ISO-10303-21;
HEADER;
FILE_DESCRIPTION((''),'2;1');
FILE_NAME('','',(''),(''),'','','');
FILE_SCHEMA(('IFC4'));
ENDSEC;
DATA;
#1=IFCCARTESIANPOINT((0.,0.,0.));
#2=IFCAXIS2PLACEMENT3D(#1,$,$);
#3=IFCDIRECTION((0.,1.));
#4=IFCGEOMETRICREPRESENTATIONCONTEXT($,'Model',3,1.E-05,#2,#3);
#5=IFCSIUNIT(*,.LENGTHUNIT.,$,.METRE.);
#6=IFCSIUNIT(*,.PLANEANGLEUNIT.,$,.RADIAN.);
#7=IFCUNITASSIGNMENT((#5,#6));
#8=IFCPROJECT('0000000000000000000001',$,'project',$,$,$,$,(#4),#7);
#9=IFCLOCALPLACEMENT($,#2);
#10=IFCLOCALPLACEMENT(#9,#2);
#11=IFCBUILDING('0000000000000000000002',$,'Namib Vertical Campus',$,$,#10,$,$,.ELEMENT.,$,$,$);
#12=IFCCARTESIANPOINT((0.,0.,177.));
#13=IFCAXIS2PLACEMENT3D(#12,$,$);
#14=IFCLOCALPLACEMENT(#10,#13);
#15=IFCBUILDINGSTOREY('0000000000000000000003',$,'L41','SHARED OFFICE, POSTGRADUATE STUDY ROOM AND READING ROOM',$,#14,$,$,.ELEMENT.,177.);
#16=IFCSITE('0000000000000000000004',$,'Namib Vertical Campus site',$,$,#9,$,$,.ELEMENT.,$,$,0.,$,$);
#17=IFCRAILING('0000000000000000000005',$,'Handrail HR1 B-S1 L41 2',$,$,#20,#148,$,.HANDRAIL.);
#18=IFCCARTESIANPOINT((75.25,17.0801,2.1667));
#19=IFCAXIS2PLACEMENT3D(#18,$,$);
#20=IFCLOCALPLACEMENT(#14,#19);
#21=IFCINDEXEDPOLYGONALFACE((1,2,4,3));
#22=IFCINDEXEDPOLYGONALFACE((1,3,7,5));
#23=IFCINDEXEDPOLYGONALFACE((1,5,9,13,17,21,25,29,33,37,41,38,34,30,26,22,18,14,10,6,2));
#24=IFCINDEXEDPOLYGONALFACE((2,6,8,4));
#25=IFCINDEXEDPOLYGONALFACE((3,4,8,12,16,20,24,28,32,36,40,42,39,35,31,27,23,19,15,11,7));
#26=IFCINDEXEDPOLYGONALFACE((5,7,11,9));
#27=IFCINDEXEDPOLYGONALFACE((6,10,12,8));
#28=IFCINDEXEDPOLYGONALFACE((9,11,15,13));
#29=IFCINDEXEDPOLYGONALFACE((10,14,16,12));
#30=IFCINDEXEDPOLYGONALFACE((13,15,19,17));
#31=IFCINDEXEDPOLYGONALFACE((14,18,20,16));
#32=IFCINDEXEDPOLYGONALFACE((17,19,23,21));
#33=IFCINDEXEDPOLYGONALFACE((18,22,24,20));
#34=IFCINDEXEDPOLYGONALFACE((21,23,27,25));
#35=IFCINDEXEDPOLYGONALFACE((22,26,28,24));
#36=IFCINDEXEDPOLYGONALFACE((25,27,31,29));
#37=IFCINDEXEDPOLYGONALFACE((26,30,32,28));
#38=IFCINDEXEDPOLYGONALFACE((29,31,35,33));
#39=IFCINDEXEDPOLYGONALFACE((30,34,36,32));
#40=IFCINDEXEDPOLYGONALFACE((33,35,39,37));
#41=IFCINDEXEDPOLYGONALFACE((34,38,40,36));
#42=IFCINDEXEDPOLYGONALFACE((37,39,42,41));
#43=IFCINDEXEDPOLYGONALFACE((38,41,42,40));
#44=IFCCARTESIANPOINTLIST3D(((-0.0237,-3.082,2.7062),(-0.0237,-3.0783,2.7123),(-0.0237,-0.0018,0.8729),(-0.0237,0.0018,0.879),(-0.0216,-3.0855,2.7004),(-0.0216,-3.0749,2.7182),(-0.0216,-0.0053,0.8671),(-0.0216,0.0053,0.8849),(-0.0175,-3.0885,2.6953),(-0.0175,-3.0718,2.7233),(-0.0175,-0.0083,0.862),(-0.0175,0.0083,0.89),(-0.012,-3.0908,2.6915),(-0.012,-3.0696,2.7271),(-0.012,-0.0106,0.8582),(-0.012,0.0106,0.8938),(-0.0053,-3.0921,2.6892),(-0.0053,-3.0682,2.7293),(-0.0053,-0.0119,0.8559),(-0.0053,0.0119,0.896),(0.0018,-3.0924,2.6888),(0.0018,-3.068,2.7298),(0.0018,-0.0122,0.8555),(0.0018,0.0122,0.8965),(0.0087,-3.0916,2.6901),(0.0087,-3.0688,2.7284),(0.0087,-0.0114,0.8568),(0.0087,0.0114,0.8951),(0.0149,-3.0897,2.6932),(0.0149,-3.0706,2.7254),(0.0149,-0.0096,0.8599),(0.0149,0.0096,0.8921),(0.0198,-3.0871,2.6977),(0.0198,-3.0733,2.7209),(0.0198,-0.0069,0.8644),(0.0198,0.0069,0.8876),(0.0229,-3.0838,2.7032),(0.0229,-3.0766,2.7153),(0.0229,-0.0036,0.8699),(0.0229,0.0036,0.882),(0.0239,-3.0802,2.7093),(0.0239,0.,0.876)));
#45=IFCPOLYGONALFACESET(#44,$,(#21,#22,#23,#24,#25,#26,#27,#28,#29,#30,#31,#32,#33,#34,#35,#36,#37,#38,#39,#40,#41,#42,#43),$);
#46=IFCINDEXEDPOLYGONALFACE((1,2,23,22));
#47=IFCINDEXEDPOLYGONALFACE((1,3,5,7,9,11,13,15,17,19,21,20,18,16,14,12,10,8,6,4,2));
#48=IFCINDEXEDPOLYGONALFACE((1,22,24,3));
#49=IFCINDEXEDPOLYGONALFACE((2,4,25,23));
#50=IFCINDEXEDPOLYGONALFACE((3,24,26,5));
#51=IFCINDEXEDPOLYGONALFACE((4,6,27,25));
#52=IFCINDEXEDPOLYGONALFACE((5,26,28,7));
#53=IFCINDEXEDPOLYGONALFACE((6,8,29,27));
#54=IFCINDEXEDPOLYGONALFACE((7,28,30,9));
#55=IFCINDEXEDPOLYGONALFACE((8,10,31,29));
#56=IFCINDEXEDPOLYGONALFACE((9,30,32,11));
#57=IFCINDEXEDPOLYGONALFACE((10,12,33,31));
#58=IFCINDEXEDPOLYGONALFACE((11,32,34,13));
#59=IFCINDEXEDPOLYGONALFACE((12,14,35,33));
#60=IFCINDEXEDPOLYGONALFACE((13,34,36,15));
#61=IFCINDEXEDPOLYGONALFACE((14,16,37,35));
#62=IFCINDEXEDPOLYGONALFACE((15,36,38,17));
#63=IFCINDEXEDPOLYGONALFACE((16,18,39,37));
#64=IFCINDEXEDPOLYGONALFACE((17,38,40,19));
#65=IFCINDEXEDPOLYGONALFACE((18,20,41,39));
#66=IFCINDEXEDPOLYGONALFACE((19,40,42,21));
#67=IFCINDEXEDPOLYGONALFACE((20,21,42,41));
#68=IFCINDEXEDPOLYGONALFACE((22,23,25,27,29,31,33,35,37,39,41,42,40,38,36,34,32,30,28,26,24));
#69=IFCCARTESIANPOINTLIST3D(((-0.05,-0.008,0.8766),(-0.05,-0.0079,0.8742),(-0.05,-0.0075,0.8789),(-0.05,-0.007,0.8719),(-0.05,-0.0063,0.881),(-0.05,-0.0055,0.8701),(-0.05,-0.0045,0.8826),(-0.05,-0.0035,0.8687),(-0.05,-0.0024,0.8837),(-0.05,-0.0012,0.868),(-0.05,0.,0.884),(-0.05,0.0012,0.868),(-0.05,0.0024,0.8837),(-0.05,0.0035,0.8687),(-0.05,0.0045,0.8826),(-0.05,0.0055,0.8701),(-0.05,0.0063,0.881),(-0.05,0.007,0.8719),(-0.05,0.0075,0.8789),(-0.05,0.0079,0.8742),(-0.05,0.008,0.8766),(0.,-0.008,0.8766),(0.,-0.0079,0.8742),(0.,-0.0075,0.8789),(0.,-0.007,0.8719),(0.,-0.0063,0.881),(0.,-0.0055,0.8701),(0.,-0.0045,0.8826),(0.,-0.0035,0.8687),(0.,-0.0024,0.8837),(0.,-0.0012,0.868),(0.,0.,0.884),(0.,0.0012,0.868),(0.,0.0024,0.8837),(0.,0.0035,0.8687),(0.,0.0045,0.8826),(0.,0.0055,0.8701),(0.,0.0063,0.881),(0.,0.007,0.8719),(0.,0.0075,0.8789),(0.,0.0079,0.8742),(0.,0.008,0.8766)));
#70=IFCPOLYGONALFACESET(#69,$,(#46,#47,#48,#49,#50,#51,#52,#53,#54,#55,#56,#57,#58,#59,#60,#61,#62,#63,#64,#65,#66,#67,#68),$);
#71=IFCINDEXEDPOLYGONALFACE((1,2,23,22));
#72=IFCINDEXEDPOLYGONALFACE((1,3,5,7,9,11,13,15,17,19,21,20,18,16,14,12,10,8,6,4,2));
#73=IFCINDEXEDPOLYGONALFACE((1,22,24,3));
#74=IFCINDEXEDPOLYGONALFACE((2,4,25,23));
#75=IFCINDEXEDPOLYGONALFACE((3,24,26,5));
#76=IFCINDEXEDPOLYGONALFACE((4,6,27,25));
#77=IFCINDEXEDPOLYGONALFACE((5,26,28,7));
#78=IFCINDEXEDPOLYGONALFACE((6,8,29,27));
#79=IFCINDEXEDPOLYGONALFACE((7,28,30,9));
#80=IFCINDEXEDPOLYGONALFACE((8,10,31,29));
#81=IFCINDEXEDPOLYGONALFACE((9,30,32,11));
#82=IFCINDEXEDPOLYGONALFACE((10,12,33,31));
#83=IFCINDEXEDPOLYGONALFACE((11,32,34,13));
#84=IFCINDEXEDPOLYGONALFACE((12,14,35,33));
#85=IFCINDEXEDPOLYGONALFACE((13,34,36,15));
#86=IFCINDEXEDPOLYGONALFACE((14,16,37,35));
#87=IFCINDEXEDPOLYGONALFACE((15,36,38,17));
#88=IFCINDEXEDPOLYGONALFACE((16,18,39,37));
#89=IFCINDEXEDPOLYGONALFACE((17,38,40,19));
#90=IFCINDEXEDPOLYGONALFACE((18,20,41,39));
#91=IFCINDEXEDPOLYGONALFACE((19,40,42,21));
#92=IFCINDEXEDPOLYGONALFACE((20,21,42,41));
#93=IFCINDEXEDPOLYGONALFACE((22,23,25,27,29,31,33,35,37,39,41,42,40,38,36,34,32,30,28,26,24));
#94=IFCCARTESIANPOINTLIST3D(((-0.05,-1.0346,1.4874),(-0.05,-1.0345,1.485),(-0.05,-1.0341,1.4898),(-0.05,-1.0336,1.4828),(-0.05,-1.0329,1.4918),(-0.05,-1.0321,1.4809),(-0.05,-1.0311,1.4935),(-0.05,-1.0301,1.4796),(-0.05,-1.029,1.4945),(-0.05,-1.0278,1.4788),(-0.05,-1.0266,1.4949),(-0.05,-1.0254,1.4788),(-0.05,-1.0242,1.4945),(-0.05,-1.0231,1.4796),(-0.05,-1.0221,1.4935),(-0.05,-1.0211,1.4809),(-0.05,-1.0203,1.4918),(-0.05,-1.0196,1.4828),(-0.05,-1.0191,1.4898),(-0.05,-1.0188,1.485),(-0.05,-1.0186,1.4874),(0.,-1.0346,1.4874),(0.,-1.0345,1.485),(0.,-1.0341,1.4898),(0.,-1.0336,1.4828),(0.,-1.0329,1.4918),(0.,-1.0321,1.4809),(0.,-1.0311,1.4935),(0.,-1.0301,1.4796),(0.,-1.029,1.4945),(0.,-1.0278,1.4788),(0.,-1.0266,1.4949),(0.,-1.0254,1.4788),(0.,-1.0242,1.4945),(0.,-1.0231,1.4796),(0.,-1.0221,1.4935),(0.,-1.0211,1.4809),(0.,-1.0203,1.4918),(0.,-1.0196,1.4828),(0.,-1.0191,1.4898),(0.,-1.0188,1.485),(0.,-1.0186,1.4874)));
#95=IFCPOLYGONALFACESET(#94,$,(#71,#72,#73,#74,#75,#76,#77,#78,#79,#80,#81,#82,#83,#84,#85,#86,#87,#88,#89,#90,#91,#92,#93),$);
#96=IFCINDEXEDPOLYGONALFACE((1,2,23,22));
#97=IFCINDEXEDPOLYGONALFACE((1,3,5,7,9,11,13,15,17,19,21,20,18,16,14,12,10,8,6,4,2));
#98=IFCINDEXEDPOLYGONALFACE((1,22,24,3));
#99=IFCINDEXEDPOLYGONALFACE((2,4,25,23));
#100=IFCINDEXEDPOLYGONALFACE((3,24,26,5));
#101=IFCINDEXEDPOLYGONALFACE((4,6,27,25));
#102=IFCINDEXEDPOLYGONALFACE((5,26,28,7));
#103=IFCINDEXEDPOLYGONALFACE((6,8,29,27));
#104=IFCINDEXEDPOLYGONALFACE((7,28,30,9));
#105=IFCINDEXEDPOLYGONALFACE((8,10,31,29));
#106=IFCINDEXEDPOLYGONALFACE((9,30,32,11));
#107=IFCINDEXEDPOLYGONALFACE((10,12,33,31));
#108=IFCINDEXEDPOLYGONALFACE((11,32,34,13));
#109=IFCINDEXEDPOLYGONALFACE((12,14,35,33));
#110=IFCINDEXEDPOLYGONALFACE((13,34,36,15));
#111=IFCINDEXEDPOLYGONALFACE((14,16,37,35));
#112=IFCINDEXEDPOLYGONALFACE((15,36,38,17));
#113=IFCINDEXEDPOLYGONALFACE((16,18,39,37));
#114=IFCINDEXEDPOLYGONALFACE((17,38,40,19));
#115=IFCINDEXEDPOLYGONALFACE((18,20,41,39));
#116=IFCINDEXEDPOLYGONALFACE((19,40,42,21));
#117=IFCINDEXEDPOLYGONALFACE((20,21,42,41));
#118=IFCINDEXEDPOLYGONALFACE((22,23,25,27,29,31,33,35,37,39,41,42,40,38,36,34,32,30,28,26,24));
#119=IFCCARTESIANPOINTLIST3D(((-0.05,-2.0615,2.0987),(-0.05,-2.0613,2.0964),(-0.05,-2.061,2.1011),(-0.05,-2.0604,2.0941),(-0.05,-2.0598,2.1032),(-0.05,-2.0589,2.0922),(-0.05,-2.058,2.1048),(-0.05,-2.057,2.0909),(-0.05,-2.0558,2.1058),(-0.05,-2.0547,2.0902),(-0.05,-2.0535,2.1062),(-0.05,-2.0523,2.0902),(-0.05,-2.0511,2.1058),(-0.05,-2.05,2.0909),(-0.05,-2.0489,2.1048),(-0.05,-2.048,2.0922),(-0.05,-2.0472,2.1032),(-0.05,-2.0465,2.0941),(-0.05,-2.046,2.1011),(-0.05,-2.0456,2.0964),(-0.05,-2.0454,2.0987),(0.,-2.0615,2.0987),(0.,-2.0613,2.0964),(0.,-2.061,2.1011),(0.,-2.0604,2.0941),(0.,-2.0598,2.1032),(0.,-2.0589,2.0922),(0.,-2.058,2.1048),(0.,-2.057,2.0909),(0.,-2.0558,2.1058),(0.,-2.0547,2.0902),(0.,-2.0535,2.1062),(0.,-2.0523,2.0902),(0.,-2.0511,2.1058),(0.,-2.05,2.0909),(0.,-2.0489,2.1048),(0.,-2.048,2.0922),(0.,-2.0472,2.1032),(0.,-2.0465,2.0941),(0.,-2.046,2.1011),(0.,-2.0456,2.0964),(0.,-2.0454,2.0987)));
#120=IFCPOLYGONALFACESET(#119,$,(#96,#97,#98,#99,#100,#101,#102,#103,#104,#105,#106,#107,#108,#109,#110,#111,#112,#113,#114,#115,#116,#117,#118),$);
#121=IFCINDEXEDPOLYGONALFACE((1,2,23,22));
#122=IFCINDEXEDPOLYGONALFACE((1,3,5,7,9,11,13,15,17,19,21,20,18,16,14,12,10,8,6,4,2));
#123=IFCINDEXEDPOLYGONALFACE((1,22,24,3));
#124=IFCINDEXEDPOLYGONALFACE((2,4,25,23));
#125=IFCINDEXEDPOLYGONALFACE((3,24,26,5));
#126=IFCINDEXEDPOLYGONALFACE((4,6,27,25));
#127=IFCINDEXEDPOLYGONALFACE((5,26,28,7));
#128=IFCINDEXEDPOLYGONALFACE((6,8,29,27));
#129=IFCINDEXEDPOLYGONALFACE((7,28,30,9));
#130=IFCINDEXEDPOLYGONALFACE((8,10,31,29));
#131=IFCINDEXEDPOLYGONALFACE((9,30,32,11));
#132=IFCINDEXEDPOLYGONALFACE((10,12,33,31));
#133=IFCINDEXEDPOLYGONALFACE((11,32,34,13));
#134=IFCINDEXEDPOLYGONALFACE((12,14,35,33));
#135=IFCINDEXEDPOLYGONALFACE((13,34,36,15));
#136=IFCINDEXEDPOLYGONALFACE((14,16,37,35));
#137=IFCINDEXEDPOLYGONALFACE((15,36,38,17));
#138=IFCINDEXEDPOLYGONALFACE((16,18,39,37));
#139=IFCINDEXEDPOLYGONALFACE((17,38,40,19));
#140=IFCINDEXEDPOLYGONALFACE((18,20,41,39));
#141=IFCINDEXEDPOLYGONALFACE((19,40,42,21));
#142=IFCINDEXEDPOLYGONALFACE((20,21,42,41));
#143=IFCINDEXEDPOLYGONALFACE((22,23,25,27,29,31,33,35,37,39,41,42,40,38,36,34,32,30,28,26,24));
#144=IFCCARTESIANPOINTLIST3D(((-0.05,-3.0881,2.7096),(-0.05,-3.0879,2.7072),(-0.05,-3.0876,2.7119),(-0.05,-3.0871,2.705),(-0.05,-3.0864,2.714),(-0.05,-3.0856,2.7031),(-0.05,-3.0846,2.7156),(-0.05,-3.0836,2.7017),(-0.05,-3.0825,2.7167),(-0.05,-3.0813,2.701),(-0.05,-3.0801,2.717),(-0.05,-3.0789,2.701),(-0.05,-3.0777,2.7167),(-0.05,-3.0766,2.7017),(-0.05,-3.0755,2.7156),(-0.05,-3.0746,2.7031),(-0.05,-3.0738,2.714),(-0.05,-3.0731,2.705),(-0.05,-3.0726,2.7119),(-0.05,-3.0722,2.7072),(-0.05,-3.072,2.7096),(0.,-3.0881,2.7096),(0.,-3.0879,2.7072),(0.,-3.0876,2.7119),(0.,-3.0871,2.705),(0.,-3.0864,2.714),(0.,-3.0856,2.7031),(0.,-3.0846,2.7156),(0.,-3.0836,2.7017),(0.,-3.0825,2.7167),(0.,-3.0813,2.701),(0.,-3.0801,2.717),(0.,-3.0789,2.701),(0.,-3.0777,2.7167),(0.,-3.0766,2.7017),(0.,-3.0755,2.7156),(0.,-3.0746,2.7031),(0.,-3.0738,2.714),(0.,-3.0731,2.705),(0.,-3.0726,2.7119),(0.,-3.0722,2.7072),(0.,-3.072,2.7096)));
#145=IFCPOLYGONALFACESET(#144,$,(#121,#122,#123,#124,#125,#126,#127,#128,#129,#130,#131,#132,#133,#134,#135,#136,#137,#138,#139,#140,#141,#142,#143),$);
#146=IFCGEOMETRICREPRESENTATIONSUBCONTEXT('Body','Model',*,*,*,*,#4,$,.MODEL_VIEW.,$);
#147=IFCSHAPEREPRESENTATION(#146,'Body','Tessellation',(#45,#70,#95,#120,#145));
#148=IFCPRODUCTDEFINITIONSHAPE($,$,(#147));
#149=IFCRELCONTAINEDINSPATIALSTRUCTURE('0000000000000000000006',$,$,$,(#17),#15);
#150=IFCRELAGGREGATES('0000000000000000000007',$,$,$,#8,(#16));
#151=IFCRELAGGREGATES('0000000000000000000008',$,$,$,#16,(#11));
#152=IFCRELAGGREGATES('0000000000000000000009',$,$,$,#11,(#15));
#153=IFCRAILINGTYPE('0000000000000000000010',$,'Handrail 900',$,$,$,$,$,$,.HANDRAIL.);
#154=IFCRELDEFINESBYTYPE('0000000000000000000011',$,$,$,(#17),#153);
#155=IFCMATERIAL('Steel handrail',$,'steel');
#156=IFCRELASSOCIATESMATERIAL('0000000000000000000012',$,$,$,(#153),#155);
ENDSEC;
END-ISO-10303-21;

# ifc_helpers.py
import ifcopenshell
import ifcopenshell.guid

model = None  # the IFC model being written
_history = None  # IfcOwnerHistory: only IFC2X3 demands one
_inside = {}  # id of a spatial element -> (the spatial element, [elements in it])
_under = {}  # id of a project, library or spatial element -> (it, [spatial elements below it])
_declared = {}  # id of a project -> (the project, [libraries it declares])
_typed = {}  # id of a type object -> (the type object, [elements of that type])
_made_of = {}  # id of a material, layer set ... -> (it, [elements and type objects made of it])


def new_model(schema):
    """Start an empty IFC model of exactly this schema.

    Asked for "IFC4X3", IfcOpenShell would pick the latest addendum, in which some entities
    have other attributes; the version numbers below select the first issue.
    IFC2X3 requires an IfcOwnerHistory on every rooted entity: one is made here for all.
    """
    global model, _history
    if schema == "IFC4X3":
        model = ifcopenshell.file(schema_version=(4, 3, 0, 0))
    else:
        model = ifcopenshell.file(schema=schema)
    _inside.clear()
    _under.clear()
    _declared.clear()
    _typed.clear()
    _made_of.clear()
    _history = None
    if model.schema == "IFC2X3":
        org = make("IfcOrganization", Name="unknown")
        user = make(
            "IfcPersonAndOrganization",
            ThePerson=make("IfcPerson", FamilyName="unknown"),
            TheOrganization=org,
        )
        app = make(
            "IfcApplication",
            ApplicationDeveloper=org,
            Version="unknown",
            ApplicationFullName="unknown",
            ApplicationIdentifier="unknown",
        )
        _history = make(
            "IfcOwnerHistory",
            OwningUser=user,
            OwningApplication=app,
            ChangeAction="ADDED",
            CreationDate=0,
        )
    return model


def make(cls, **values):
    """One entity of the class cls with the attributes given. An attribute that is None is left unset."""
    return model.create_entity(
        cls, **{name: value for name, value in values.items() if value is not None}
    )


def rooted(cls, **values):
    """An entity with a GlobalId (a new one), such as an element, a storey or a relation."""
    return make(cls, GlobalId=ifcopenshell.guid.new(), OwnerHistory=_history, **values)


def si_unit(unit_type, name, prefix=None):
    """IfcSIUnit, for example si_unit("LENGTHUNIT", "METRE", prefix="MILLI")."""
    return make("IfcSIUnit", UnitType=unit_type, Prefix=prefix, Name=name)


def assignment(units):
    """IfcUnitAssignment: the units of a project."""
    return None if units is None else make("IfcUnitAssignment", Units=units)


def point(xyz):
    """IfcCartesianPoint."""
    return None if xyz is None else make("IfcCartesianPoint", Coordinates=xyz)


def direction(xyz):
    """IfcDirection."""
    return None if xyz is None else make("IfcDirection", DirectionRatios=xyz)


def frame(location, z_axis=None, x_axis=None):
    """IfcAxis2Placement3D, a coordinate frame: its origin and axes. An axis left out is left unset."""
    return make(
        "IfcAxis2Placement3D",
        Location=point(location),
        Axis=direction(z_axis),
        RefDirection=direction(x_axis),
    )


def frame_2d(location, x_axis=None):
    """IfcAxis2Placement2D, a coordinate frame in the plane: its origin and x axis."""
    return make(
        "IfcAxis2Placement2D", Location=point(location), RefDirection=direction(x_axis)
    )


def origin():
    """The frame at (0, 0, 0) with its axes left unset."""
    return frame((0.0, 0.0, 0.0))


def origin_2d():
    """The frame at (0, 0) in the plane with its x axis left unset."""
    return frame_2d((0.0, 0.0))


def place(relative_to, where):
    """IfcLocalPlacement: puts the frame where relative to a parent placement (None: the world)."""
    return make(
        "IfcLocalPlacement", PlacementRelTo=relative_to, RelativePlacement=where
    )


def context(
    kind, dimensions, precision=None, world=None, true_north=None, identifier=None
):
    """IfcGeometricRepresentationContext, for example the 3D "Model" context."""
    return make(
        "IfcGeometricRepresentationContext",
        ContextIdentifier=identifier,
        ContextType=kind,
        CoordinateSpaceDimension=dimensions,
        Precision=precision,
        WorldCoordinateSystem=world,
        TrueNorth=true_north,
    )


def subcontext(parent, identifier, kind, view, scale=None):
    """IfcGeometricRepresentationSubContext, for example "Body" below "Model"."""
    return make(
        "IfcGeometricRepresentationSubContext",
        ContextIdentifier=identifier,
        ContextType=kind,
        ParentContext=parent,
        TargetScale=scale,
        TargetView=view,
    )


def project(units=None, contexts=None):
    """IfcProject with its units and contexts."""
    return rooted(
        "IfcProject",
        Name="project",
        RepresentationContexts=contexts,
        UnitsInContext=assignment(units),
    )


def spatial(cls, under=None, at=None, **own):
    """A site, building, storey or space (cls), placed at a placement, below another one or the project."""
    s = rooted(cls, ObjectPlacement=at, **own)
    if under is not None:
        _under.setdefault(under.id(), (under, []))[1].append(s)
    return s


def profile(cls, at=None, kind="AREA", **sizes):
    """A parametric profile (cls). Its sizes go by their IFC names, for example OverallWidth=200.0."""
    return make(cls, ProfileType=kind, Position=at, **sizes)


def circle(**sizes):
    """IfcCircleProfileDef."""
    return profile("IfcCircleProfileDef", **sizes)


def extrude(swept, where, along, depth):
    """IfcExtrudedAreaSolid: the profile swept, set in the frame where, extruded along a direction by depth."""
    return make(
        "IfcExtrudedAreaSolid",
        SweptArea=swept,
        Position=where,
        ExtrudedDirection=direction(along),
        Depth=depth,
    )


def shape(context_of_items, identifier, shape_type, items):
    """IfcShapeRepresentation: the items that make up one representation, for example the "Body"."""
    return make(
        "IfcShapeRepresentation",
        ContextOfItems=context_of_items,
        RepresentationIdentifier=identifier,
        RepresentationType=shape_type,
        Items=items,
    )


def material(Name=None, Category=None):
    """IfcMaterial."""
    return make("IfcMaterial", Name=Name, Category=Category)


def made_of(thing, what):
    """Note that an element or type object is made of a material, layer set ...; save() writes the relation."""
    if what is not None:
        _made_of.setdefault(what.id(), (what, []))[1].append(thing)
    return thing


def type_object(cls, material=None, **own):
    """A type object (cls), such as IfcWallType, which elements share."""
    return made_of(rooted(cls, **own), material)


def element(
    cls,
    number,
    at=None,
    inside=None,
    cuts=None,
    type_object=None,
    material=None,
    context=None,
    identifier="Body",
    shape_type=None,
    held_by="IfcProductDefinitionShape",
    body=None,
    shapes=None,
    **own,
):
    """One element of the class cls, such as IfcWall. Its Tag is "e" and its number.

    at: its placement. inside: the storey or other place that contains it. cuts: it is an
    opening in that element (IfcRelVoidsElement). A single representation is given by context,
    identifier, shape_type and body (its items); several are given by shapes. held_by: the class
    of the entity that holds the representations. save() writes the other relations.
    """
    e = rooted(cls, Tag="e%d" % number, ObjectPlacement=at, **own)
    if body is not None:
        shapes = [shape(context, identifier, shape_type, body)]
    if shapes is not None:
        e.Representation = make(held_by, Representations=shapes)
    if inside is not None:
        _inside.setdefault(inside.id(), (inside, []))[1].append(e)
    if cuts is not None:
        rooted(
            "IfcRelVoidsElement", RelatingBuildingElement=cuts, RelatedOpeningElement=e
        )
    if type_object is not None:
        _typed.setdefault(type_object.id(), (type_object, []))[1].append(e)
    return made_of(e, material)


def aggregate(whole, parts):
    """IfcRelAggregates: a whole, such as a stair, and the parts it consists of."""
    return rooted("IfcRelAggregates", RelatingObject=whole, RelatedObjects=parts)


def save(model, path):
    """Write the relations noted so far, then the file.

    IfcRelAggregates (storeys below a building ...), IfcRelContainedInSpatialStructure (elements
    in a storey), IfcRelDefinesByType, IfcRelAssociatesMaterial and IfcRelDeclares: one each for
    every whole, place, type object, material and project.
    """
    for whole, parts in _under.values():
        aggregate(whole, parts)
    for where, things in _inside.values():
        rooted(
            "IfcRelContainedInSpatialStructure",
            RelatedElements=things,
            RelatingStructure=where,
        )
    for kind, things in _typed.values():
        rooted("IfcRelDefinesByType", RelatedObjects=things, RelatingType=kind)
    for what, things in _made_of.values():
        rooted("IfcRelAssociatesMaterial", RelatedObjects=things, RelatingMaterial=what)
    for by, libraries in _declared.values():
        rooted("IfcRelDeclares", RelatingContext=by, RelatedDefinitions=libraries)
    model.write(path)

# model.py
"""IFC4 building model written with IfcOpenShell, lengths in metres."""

from ifc_helpers import new_model, si_unit, direction, frame, origin, origin_2d, place, context, subcontext, project, spatial, circle, extrude, material, type_object, element, save


model = new_model("IFC4")

# Units and contexts
model_context = context("Model", 3, precision=1e-05, world=origin(), true_north=direction((0.0, 1.0)))
body_context = subcontext(model_context, "Body", "Model", "MODEL_VIEW")
ifc_project = project(units=[si_unit("LENGTHUNIT", "METRE"), si_unit("PLANEANGLEUNIT", "RADIAN")], contexts=[model_context])

# Site, building, storey
site_placement = place(None, origin())
site = spatial("IfcSite", under=ifc_project, at=site_placement, Name="Namib Vertical Campus site", CompositionType="ELEMENT", RefElevation=0.0)
building_placement = place(site_placement, origin())
building = spatial("IfcBuilding", under=site, at=building_placement, Name="Namib Vertical Campus", CompositionType="ELEMENT")
storey_placement = place(building_placement, frame((0.0, 0.0, 177.0)))
storey = spatial("IfcBuildingStorey", under=building, at=storey_placement, Name="L41", Description="SHARED OFFICE, POSTGRADUATE STUDY ROOM AND READING ROOM", CompositionType="ELEMENT", Elevation=177.0)

# Railing
ifc_material_1 = material(Name="Steel handrail", Category="steel")
railing_type_1 = type_object("IfcRailingType", Name="Handrail 900", PredefinedType="HANDRAIL", material=ifc_material_1)
railing_1_placement = place(storey_placement, frame((75.25, 17.0801, 2.1667)))
element("IfcRailing", 1, at=railing_1_placement, inside=storey, type_object=railing_type_1, Name="Handrail HR1 B-S1 L41 2", PredefinedType="HANDRAIL", context=body_context, shape_type="SweptSolid", body=[
    extrude(circle(Radius=0.0239, at=origin_2d()), frame((0.0, 0.0, 0.876), z_axis=(0.0, -0.859309, 0.511458), x_axis=(1.0, 0.0, 0.0)), (0.0, 0.0, 1.0), 3.5845),
    extrude(circle(Radius=0.0081, at=origin_2d()), frame((0.0, 0.0, 0.876), z_axis=(-1.0, 0.0, 0.0), x_axis=(0.0, 0.0, 1.0)), (0.0, 0.0, 1.0), 0.05),
    extrude(circle(Radius=0.0081, at=origin_2d()), frame((0.0, -1.0266, 1.4868), z_axis=(-1.0, 0.0, 0.0), x_axis=(0.0, 0.0, 1.0)), (0.0, 0.0, 1.0), 0.05),
    extrude(circle(Radius=0.0081, at=origin_2d()), frame((0.0, -2.0535, 2.0981), z_axis=(-1.0, 0.0, 0.0), x_axis=(0.0, 0.0, 1.0)), (0.0, 0.0, 1.0), 0.05),
    extrude(circle(Radius=0.0081, at=origin_2d()), frame((0.0, -3.0801, 2.709), z_axis=(-1.0, 0.0, 0.0), x_axis=(0.0, 0.0, 1.0)), (0.0, 0.0, 1.0), 0.05),
])

save(model, "model.ifc")
